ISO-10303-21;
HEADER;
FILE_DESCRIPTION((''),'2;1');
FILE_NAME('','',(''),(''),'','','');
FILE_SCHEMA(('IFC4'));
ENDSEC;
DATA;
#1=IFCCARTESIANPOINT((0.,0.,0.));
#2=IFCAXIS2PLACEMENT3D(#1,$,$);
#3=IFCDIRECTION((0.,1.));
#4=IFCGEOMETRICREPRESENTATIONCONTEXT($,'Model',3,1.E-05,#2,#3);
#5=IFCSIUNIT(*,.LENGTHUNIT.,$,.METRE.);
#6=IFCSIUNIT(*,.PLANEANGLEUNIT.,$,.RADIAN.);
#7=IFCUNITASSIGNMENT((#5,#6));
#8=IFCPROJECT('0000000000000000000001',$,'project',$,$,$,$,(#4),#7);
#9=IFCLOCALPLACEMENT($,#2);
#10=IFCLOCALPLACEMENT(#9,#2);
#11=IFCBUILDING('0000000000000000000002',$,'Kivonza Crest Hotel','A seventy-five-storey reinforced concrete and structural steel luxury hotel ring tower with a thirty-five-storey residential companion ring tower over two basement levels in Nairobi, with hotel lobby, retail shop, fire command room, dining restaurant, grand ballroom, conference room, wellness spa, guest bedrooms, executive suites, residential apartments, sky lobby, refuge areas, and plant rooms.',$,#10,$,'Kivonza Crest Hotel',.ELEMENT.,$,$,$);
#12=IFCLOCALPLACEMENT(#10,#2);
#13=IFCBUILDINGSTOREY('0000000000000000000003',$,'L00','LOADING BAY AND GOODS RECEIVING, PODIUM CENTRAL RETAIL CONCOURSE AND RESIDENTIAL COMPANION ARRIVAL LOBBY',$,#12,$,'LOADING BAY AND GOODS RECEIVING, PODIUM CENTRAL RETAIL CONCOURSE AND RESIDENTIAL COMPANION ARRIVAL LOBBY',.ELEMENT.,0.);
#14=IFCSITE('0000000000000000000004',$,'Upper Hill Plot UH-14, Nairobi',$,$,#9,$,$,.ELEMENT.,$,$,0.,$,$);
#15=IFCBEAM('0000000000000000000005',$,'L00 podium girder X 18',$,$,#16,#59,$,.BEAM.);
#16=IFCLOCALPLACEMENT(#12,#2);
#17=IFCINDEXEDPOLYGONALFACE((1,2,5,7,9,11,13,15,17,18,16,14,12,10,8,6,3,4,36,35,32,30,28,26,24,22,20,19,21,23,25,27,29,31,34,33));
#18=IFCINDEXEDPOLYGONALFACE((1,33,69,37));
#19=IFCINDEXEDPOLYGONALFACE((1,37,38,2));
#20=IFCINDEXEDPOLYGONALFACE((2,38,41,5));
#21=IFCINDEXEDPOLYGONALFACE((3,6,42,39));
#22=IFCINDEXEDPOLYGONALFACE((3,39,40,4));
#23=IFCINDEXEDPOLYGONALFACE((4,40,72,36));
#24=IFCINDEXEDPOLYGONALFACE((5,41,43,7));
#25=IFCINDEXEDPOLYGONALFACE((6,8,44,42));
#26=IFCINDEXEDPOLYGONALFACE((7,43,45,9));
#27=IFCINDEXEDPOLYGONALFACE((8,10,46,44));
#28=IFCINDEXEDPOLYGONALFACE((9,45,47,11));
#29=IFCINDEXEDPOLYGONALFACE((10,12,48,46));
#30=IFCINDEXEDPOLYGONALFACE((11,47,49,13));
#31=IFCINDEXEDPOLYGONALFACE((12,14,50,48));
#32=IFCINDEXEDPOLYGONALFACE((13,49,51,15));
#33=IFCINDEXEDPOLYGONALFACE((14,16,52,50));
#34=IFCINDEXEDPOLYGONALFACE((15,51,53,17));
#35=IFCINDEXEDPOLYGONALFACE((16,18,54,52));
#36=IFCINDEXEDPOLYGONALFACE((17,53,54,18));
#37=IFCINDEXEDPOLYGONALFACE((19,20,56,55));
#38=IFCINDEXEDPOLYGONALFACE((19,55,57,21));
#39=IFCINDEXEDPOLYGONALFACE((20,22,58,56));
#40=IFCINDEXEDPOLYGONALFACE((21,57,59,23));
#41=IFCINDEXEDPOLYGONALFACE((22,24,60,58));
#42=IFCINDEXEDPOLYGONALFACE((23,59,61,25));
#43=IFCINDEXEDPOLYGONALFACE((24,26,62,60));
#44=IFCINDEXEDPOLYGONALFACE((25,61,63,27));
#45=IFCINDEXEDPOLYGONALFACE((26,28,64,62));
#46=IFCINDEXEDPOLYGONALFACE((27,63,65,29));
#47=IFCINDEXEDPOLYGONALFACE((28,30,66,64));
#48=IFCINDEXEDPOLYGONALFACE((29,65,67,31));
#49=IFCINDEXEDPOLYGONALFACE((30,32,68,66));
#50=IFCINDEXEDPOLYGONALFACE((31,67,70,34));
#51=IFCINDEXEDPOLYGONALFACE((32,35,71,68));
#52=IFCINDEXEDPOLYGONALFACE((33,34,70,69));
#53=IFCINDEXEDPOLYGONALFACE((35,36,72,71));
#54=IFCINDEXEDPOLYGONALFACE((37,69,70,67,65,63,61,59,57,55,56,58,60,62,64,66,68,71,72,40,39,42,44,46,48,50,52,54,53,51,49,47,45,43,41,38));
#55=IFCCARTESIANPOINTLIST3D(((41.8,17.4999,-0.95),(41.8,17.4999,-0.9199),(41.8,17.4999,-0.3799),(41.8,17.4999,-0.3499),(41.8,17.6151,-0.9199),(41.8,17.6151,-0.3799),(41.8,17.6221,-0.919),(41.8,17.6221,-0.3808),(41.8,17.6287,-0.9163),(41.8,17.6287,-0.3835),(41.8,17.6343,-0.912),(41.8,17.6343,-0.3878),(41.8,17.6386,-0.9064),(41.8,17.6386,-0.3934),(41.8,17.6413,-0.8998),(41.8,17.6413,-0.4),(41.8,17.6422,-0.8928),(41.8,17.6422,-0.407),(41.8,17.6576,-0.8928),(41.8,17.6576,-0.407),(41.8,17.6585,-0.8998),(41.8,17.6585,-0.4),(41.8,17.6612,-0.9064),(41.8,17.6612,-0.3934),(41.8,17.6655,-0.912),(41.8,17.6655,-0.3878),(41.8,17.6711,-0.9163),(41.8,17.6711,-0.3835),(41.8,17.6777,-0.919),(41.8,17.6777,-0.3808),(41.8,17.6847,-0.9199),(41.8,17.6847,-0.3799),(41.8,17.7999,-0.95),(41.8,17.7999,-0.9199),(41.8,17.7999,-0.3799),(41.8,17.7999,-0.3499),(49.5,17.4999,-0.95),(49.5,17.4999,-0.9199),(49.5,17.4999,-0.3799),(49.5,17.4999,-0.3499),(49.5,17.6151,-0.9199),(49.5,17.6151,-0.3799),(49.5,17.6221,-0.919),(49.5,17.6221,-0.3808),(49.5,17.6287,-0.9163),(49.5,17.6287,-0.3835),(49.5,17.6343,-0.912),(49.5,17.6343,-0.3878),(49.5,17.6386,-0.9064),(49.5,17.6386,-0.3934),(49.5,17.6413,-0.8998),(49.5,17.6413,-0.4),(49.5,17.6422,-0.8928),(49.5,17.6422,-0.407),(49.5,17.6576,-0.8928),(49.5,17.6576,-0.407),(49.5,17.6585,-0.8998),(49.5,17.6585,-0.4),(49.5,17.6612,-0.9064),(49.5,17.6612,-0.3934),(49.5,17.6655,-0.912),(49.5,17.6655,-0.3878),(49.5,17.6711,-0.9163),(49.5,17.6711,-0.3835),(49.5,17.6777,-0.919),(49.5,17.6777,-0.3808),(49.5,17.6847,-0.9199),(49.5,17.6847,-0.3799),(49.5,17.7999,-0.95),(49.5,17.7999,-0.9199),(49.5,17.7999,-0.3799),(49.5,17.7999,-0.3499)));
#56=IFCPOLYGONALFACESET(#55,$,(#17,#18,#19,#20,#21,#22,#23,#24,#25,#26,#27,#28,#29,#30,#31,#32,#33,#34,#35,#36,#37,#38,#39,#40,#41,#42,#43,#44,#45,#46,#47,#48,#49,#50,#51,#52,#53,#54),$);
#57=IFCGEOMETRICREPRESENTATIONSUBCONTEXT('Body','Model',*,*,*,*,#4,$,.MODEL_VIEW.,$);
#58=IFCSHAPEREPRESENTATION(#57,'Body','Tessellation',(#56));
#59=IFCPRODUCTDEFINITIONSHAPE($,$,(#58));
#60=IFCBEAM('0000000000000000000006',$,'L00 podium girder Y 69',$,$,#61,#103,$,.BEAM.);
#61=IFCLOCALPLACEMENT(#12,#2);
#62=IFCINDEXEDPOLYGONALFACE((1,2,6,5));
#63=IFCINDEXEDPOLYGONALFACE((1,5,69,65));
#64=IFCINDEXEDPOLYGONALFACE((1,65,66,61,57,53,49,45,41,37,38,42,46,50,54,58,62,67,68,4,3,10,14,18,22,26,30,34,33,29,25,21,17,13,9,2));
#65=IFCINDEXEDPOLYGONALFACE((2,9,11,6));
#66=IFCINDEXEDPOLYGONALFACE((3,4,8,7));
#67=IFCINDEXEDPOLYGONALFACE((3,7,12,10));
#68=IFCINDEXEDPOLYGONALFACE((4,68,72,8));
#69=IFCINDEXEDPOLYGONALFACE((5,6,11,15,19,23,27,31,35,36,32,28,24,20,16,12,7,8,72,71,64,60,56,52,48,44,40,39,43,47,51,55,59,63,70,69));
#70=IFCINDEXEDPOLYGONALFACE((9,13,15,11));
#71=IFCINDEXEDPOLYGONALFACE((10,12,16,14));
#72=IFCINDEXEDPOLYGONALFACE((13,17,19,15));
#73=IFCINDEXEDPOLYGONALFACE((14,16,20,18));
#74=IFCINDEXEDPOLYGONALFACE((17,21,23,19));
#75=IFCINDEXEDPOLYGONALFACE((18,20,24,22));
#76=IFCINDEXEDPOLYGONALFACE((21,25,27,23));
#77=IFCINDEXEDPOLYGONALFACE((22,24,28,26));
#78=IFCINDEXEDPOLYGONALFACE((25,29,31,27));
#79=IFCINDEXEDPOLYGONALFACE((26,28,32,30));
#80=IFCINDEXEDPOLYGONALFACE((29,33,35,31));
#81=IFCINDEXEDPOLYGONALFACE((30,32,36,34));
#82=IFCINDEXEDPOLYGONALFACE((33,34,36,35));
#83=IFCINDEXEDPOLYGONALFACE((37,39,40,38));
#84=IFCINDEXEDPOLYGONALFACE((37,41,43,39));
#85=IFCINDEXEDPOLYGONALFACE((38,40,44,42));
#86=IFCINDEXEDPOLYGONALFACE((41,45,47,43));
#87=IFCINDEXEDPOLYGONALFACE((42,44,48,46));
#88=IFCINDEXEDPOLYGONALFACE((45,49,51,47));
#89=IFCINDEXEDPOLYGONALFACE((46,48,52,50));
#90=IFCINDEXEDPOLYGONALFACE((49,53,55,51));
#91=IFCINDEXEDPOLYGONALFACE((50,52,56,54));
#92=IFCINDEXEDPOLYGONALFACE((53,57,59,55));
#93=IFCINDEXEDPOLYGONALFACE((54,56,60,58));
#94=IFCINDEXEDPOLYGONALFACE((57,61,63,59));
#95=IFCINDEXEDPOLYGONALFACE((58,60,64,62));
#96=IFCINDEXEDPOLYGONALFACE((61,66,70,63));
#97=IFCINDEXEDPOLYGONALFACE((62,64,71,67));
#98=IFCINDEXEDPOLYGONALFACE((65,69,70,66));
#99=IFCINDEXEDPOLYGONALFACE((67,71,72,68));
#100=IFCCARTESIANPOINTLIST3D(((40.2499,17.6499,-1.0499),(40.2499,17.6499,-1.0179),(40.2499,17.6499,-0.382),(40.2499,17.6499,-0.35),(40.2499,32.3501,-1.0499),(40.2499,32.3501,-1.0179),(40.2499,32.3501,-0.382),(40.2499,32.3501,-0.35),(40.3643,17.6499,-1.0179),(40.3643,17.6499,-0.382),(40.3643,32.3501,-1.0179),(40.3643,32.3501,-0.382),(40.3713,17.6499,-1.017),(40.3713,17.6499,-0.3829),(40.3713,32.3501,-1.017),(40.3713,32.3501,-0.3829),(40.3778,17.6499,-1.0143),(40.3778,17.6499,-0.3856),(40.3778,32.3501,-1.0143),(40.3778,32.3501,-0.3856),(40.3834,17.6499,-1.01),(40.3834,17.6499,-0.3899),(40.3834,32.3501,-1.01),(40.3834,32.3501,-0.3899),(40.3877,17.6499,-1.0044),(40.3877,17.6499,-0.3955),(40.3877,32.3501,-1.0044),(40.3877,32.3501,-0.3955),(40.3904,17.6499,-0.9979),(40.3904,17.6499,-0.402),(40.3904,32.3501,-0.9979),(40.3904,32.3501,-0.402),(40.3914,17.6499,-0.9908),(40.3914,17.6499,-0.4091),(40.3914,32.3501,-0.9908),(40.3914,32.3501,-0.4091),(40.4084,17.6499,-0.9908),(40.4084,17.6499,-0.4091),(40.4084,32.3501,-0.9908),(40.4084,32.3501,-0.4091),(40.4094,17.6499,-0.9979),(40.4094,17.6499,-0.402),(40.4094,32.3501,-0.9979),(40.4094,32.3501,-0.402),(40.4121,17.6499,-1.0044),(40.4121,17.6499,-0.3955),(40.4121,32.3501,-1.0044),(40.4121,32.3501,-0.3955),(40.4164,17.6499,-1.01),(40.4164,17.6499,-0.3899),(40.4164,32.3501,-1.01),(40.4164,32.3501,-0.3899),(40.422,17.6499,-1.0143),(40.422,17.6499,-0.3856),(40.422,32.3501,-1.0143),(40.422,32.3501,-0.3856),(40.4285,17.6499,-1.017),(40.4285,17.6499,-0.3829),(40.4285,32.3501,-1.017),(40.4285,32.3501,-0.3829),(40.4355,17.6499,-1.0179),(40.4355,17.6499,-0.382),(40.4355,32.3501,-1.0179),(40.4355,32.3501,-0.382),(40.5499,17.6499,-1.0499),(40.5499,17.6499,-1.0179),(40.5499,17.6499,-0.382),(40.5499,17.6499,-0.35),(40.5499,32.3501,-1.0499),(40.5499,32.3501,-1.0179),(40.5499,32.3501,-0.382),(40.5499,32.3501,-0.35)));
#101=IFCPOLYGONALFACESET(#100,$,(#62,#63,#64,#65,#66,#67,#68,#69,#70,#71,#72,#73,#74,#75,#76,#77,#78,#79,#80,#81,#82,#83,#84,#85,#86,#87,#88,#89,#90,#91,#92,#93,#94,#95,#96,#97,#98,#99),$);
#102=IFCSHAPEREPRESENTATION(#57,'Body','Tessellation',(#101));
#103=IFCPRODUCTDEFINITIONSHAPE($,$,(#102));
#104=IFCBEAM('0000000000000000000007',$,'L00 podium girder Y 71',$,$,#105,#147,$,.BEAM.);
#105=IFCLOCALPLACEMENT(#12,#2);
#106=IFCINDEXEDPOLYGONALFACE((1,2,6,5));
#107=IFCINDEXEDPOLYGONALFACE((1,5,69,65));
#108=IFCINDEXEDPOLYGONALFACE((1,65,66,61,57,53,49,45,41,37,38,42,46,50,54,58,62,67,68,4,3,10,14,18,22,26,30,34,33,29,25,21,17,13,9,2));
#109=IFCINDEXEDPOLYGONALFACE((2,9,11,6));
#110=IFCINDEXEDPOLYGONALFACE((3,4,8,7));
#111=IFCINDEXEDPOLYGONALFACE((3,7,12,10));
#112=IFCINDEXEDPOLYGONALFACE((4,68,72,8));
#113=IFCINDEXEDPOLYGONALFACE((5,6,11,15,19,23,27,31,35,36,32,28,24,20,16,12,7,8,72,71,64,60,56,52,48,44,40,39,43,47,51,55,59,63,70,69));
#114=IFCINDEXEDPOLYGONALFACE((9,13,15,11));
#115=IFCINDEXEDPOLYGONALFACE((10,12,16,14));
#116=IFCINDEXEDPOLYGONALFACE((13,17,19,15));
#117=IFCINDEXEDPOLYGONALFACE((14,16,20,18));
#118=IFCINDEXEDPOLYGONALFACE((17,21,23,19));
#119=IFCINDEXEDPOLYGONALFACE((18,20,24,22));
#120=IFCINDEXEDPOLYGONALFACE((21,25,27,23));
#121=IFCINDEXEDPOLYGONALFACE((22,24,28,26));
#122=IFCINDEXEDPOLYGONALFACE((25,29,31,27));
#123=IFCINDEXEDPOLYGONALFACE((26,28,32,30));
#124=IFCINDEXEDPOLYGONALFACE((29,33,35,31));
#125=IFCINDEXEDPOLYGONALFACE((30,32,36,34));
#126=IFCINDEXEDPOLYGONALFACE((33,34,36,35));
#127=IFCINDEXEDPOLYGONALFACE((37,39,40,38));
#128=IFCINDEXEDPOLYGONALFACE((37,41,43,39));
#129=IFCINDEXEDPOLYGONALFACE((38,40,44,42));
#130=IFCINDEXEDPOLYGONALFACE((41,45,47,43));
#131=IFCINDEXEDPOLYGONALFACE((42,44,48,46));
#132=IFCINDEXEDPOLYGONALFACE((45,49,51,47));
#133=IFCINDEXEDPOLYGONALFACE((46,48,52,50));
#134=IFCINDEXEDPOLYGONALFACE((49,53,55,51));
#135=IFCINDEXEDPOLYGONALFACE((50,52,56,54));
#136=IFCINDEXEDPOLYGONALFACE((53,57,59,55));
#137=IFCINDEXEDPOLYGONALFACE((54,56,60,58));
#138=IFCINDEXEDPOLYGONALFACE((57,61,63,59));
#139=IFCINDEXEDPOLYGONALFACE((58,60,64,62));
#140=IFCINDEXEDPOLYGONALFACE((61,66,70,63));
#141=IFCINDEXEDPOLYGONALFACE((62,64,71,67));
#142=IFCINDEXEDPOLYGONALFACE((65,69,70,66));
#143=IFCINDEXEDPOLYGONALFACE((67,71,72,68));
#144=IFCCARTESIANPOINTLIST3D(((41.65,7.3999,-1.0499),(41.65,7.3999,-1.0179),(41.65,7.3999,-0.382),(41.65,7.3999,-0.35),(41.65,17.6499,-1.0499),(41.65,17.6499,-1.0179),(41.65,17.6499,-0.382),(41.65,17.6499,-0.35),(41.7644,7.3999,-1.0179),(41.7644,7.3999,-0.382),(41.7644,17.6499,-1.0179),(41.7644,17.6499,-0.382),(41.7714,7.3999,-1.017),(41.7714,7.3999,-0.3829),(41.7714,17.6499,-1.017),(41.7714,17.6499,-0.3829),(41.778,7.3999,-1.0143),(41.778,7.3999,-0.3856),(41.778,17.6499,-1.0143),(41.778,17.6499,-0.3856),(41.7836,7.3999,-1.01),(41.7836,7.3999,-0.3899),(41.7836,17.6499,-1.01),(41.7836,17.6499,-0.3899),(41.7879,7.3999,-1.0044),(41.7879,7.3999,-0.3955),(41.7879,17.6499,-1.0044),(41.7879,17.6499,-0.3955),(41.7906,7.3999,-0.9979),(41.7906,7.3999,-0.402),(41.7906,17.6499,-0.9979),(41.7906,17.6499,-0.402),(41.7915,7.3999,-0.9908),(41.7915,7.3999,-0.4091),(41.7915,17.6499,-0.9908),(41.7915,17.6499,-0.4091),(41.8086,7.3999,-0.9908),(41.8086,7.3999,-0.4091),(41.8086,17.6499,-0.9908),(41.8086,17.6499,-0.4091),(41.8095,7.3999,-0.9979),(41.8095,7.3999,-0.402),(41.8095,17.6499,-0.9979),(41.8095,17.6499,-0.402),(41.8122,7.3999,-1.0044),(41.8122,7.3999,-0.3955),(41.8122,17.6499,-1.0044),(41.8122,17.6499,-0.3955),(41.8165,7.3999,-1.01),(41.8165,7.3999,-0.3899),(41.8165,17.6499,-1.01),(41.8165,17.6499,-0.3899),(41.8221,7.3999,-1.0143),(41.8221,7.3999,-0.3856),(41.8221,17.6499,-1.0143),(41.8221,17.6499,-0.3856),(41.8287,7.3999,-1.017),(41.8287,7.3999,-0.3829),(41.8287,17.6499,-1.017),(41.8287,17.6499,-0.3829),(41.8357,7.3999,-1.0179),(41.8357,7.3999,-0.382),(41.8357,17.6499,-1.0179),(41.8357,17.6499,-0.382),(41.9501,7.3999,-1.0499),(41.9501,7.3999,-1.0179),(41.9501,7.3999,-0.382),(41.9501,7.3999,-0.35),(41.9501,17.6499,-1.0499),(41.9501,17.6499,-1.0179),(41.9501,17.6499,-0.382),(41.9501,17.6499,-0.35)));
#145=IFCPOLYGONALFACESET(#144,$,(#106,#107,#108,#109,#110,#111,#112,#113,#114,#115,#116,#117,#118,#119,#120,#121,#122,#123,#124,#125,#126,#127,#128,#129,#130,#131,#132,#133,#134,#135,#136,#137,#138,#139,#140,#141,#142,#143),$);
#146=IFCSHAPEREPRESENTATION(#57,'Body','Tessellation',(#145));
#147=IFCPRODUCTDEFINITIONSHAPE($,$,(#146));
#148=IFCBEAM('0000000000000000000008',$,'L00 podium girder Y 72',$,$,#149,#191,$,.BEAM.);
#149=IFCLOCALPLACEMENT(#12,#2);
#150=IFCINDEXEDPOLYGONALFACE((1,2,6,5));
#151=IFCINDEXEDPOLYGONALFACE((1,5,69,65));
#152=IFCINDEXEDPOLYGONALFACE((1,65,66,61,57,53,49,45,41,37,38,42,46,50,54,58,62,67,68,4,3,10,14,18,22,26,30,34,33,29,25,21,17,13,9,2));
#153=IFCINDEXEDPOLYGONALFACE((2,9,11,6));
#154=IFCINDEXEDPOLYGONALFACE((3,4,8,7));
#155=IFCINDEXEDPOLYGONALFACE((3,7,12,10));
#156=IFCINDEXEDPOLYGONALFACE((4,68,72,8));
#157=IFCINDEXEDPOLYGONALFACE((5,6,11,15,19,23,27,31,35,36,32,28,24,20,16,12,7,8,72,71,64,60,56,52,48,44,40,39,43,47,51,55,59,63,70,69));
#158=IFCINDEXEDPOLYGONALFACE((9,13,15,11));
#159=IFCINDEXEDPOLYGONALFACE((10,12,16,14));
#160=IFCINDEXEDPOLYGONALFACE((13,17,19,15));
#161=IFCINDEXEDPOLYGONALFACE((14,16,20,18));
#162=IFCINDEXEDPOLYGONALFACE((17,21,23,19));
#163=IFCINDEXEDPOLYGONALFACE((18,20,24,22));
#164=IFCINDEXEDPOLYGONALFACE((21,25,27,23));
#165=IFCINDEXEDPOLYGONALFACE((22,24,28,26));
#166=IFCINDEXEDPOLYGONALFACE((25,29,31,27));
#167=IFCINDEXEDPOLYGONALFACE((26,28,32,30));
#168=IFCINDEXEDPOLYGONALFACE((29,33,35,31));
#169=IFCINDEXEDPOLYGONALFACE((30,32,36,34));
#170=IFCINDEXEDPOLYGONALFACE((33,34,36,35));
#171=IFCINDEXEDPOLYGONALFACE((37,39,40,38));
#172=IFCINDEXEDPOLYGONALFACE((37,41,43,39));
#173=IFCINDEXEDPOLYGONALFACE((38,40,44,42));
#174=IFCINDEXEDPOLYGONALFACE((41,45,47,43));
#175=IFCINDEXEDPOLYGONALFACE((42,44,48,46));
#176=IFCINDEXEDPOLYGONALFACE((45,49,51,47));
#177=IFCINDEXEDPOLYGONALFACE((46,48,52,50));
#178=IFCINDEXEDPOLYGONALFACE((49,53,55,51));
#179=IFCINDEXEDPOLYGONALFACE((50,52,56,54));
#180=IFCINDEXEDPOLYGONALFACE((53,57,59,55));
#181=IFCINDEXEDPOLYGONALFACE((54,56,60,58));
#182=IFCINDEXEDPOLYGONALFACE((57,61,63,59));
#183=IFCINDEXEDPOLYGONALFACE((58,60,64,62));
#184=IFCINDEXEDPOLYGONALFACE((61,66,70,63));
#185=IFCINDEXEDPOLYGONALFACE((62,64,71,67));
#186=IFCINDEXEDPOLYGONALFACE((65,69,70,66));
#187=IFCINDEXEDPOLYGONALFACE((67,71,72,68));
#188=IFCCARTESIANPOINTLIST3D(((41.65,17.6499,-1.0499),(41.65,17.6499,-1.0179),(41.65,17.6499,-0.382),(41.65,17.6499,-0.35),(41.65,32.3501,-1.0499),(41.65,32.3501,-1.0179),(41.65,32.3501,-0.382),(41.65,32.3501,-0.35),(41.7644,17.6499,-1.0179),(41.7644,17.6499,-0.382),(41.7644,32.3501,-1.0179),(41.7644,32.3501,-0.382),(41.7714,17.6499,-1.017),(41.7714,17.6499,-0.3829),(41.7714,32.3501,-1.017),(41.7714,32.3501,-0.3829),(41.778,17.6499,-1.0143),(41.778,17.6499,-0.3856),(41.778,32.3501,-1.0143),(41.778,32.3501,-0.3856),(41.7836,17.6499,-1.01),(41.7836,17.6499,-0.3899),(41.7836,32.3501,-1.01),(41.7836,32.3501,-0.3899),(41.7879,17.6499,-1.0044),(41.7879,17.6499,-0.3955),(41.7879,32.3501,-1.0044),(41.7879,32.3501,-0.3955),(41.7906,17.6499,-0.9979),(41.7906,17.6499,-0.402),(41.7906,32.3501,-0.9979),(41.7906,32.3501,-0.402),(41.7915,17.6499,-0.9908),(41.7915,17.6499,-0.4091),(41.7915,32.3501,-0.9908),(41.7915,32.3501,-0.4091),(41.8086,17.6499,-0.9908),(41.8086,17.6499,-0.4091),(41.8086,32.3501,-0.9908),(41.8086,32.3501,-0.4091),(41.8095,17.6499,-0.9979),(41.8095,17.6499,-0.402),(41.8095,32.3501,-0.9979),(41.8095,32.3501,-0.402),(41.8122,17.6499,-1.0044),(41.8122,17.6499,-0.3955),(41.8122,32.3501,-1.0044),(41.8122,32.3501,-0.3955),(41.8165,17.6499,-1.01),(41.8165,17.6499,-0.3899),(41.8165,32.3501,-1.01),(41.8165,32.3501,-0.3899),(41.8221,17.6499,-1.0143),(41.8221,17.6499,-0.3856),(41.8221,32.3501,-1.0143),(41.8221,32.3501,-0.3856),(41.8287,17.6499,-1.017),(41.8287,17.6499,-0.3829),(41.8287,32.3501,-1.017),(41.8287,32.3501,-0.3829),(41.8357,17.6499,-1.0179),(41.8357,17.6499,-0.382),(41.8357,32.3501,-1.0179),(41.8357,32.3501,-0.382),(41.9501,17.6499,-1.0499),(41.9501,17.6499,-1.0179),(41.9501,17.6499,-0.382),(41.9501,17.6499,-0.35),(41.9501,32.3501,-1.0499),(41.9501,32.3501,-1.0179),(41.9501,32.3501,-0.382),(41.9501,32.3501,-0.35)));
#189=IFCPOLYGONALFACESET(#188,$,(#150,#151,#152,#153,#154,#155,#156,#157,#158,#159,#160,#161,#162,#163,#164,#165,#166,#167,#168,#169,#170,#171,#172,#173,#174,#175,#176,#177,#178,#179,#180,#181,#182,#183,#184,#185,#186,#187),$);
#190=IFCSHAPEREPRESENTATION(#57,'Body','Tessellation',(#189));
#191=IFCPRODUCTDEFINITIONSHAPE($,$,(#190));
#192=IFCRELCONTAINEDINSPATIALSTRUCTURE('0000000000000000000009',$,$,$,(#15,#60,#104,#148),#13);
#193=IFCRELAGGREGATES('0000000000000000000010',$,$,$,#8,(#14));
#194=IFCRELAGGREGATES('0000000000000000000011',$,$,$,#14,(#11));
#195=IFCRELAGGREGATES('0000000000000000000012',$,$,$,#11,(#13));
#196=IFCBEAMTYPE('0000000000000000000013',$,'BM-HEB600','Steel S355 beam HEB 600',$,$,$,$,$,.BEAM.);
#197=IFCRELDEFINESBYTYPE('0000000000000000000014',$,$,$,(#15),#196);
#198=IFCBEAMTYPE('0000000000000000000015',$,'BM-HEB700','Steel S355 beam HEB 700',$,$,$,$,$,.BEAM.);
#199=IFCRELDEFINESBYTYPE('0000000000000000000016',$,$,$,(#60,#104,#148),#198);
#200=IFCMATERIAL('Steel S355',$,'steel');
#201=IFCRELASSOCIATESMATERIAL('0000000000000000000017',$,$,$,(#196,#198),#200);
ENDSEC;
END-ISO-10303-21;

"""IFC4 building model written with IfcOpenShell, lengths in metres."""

from ifc_helpers import new_model, si_unit, direction, frame, origin, origin_2d, place, context, subcontext, project, spatial, i_section, extrude, material, material_profile, profile_set, type_object, element, save


model = new_model("IFC4")

# Units and contexts
model_context = context("Model", 3, precision=1e-05, world=origin(), true_north=direction((0.0, 1.0)))
body_context = subcontext(model_context, "Body", "Model", "MODEL_VIEW")
ifc_project = project(units=[si_unit("LENGTHUNIT", "METRE"), si_unit("PLANEANGLEUNIT", "RADIAN")], contexts=[model_context])

# Site, building, storey
site_placement = place(None, origin())
site = spatial("IfcSite", under=ifc_project, at=site_placement, Name="Upper Hill Plot UH-14, Nairobi", CompositionType="ELEMENT", RefElevation=0.0)
building_placement = place(site_placement, origin())
building = spatial("IfcBuilding", under=site, at=building_placement, Name="Kivonza Crest Hotel", Description="A seventy-five-storey reinforced concrete and structural steel luxury hotel ring tower with a thirty-five-storey residential companion ring tower over two basement levels in Nairobi, with hotel lobby, retail shop, fire command room, dining restaurant, grand ballroom, conference room, wellness spa, guest bedrooms, executive suites, residential apartments, sky lobby, refuge areas, and plant rooms.", LongName="Kivonza Crest Hotel", CompositionType="ELEMENT")
storey_placement = place(building_placement, origin())
storey = spatial("IfcBuildingStorey", under=building, at=storey_placement, Name="L00", Description="LOADING BAY AND GOODS RECEIVING, PODIUM CENTRAL RETAIL CONCOURSE AND RESIDENTIAL COMPANION ARRIVAL LOBBY", LongName="LOADING BAY AND GOODS RECEIVING, PODIUM CENTRAL RETAIL CONCOURSE AND RESIDENTIAL COMPANION ARRIVAL LOBBY", CompositionType="ELEMENT", Elevation=0.0)

# Beams
ifc_material_1 = material(Name="Steel S355", Category="steel")
ifc_material_profile_1 = material_profile(ifc_material_1, i_section(OverallWidth=0.3, OverallDepth=0.6001, WebThickness=0.0154, FlangeThickness=0.03, FilletRadius=0.0271, at=origin_2d()), Name="HEB 600")
ifc_profile_set_1 = profile_set([ifc_material_profile_1], Name="Steel S355")
beam_type_1 = type_object("IfcBeamType", Name="BM-HEB600", Description="Steel S355 beam HEB 600", PredefinedType="BEAM", material=ifc_profile_set_1)
beam_1_placement = place(storey_placement, frame((41.8, 17.6499, -0.6499), z_axis=(1.0, 0.0, 0.0), x_axis=(0.0, 1.0, 0.0)))
element("IfcBeam", 1, at=beam_1_placement, inside=storey, type_object=beam_type_1, Name="L00 podium girder X 18", PredefinedType="BEAM", context=body_context, shape_type="SweptSolid", body=[
    extrude(i_section(OverallWidth=0.3, OverallDepth=0.6001, WebThickness=0.0154, FlangeThickness=0.03, FilletRadius=0.0271, at=origin_2d()), origin(), (0.0, 0.0, 1.0), 7.7),
])
ifc_material_profile_2 = material_profile(ifc_material_1, i_section(OverallWidth=0.3, OverallDepth=0.7, WebThickness=0.0171, FlangeThickness=0.032, FilletRadius=0.0271, at=origin_2d()), Name="HEB 700")
ifc_profile_set_2 = profile_set([ifc_material_profile_2], Name="Steel S355")
beam_type_2 = type_object("IfcBeamType", Name="BM-HEB700", Description="Steel S355 beam HEB 700", PredefinedType="BEAM", material=ifc_profile_set_2)
beam_2_placement = place(storey_placement, frame((40.3999, 17.6499, -0.7), z_axis=(0.0, 1.0, 0.0), x_axis=(-1.0, 0.0, 0.0)))
element("IfcBeam", 2, at=beam_2_placement, inside=storey, type_object=beam_type_2, Name="L00 podium girder Y 69", PredefinedType="BEAM", context=body_context, shape_type="SweptSolid", body=[
    extrude(i_section(OverallWidth=0.3, OverallDepth=0.7, WebThickness=0.0171, FlangeThickness=0.032, FilletRadius=0.0271, at=origin_2d()), origin(), (0.0, 0.0, 1.0), 14.7002),
])
beam_3_placement = place(storey_placement, frame((41.8, 7.3999, -0.7), z_axis=(0.0, 1.0, 0.0), x_axis=(-1.0, 0.0, 0.0)))
element("IfcBeam", 3, at=beam_3_placement, inside=storey, type_object=beam_type_2, Name="L00 podium girder Y 71", PredefinedType="BEAM", context=body_context, shape_type="SweptSolid", body=[
    extrude(i_section(OverallWidth=0.3, OverallDepth=0.7, WebThickness=0.0171, FlangeThickness=0.032, FilletRadius=0.0271, at=origin_2d()), origin(), (0.0, 0.0, 1.0), 10.25),
])
beam_4_placement = place(storey_placement, frame((41.8, 17.6499, -0.7), z_axis=(0.0, 1.0, 0.0), x_axis=(-1.0, 0.0, 0.0)))
element("IfcBeam", 4, at=beam_4_placement, inside=storey, type_object=beam_type_2, Name="L00 podium girder Y 72", PredefinedType="BEAM", context=body_context, shape_type="SweptSolid", body=[
    extrude(i_section(OverallWidth=0.3, OverallDepth=0.7, WebThickness=0.0171, FlangeThickness=0.032, FilletRadius=0.0271, at=origin_2d()), origin(), (0.0, 0.0, 1.0), 14.7002),
])

save(model, "model.ifc")
